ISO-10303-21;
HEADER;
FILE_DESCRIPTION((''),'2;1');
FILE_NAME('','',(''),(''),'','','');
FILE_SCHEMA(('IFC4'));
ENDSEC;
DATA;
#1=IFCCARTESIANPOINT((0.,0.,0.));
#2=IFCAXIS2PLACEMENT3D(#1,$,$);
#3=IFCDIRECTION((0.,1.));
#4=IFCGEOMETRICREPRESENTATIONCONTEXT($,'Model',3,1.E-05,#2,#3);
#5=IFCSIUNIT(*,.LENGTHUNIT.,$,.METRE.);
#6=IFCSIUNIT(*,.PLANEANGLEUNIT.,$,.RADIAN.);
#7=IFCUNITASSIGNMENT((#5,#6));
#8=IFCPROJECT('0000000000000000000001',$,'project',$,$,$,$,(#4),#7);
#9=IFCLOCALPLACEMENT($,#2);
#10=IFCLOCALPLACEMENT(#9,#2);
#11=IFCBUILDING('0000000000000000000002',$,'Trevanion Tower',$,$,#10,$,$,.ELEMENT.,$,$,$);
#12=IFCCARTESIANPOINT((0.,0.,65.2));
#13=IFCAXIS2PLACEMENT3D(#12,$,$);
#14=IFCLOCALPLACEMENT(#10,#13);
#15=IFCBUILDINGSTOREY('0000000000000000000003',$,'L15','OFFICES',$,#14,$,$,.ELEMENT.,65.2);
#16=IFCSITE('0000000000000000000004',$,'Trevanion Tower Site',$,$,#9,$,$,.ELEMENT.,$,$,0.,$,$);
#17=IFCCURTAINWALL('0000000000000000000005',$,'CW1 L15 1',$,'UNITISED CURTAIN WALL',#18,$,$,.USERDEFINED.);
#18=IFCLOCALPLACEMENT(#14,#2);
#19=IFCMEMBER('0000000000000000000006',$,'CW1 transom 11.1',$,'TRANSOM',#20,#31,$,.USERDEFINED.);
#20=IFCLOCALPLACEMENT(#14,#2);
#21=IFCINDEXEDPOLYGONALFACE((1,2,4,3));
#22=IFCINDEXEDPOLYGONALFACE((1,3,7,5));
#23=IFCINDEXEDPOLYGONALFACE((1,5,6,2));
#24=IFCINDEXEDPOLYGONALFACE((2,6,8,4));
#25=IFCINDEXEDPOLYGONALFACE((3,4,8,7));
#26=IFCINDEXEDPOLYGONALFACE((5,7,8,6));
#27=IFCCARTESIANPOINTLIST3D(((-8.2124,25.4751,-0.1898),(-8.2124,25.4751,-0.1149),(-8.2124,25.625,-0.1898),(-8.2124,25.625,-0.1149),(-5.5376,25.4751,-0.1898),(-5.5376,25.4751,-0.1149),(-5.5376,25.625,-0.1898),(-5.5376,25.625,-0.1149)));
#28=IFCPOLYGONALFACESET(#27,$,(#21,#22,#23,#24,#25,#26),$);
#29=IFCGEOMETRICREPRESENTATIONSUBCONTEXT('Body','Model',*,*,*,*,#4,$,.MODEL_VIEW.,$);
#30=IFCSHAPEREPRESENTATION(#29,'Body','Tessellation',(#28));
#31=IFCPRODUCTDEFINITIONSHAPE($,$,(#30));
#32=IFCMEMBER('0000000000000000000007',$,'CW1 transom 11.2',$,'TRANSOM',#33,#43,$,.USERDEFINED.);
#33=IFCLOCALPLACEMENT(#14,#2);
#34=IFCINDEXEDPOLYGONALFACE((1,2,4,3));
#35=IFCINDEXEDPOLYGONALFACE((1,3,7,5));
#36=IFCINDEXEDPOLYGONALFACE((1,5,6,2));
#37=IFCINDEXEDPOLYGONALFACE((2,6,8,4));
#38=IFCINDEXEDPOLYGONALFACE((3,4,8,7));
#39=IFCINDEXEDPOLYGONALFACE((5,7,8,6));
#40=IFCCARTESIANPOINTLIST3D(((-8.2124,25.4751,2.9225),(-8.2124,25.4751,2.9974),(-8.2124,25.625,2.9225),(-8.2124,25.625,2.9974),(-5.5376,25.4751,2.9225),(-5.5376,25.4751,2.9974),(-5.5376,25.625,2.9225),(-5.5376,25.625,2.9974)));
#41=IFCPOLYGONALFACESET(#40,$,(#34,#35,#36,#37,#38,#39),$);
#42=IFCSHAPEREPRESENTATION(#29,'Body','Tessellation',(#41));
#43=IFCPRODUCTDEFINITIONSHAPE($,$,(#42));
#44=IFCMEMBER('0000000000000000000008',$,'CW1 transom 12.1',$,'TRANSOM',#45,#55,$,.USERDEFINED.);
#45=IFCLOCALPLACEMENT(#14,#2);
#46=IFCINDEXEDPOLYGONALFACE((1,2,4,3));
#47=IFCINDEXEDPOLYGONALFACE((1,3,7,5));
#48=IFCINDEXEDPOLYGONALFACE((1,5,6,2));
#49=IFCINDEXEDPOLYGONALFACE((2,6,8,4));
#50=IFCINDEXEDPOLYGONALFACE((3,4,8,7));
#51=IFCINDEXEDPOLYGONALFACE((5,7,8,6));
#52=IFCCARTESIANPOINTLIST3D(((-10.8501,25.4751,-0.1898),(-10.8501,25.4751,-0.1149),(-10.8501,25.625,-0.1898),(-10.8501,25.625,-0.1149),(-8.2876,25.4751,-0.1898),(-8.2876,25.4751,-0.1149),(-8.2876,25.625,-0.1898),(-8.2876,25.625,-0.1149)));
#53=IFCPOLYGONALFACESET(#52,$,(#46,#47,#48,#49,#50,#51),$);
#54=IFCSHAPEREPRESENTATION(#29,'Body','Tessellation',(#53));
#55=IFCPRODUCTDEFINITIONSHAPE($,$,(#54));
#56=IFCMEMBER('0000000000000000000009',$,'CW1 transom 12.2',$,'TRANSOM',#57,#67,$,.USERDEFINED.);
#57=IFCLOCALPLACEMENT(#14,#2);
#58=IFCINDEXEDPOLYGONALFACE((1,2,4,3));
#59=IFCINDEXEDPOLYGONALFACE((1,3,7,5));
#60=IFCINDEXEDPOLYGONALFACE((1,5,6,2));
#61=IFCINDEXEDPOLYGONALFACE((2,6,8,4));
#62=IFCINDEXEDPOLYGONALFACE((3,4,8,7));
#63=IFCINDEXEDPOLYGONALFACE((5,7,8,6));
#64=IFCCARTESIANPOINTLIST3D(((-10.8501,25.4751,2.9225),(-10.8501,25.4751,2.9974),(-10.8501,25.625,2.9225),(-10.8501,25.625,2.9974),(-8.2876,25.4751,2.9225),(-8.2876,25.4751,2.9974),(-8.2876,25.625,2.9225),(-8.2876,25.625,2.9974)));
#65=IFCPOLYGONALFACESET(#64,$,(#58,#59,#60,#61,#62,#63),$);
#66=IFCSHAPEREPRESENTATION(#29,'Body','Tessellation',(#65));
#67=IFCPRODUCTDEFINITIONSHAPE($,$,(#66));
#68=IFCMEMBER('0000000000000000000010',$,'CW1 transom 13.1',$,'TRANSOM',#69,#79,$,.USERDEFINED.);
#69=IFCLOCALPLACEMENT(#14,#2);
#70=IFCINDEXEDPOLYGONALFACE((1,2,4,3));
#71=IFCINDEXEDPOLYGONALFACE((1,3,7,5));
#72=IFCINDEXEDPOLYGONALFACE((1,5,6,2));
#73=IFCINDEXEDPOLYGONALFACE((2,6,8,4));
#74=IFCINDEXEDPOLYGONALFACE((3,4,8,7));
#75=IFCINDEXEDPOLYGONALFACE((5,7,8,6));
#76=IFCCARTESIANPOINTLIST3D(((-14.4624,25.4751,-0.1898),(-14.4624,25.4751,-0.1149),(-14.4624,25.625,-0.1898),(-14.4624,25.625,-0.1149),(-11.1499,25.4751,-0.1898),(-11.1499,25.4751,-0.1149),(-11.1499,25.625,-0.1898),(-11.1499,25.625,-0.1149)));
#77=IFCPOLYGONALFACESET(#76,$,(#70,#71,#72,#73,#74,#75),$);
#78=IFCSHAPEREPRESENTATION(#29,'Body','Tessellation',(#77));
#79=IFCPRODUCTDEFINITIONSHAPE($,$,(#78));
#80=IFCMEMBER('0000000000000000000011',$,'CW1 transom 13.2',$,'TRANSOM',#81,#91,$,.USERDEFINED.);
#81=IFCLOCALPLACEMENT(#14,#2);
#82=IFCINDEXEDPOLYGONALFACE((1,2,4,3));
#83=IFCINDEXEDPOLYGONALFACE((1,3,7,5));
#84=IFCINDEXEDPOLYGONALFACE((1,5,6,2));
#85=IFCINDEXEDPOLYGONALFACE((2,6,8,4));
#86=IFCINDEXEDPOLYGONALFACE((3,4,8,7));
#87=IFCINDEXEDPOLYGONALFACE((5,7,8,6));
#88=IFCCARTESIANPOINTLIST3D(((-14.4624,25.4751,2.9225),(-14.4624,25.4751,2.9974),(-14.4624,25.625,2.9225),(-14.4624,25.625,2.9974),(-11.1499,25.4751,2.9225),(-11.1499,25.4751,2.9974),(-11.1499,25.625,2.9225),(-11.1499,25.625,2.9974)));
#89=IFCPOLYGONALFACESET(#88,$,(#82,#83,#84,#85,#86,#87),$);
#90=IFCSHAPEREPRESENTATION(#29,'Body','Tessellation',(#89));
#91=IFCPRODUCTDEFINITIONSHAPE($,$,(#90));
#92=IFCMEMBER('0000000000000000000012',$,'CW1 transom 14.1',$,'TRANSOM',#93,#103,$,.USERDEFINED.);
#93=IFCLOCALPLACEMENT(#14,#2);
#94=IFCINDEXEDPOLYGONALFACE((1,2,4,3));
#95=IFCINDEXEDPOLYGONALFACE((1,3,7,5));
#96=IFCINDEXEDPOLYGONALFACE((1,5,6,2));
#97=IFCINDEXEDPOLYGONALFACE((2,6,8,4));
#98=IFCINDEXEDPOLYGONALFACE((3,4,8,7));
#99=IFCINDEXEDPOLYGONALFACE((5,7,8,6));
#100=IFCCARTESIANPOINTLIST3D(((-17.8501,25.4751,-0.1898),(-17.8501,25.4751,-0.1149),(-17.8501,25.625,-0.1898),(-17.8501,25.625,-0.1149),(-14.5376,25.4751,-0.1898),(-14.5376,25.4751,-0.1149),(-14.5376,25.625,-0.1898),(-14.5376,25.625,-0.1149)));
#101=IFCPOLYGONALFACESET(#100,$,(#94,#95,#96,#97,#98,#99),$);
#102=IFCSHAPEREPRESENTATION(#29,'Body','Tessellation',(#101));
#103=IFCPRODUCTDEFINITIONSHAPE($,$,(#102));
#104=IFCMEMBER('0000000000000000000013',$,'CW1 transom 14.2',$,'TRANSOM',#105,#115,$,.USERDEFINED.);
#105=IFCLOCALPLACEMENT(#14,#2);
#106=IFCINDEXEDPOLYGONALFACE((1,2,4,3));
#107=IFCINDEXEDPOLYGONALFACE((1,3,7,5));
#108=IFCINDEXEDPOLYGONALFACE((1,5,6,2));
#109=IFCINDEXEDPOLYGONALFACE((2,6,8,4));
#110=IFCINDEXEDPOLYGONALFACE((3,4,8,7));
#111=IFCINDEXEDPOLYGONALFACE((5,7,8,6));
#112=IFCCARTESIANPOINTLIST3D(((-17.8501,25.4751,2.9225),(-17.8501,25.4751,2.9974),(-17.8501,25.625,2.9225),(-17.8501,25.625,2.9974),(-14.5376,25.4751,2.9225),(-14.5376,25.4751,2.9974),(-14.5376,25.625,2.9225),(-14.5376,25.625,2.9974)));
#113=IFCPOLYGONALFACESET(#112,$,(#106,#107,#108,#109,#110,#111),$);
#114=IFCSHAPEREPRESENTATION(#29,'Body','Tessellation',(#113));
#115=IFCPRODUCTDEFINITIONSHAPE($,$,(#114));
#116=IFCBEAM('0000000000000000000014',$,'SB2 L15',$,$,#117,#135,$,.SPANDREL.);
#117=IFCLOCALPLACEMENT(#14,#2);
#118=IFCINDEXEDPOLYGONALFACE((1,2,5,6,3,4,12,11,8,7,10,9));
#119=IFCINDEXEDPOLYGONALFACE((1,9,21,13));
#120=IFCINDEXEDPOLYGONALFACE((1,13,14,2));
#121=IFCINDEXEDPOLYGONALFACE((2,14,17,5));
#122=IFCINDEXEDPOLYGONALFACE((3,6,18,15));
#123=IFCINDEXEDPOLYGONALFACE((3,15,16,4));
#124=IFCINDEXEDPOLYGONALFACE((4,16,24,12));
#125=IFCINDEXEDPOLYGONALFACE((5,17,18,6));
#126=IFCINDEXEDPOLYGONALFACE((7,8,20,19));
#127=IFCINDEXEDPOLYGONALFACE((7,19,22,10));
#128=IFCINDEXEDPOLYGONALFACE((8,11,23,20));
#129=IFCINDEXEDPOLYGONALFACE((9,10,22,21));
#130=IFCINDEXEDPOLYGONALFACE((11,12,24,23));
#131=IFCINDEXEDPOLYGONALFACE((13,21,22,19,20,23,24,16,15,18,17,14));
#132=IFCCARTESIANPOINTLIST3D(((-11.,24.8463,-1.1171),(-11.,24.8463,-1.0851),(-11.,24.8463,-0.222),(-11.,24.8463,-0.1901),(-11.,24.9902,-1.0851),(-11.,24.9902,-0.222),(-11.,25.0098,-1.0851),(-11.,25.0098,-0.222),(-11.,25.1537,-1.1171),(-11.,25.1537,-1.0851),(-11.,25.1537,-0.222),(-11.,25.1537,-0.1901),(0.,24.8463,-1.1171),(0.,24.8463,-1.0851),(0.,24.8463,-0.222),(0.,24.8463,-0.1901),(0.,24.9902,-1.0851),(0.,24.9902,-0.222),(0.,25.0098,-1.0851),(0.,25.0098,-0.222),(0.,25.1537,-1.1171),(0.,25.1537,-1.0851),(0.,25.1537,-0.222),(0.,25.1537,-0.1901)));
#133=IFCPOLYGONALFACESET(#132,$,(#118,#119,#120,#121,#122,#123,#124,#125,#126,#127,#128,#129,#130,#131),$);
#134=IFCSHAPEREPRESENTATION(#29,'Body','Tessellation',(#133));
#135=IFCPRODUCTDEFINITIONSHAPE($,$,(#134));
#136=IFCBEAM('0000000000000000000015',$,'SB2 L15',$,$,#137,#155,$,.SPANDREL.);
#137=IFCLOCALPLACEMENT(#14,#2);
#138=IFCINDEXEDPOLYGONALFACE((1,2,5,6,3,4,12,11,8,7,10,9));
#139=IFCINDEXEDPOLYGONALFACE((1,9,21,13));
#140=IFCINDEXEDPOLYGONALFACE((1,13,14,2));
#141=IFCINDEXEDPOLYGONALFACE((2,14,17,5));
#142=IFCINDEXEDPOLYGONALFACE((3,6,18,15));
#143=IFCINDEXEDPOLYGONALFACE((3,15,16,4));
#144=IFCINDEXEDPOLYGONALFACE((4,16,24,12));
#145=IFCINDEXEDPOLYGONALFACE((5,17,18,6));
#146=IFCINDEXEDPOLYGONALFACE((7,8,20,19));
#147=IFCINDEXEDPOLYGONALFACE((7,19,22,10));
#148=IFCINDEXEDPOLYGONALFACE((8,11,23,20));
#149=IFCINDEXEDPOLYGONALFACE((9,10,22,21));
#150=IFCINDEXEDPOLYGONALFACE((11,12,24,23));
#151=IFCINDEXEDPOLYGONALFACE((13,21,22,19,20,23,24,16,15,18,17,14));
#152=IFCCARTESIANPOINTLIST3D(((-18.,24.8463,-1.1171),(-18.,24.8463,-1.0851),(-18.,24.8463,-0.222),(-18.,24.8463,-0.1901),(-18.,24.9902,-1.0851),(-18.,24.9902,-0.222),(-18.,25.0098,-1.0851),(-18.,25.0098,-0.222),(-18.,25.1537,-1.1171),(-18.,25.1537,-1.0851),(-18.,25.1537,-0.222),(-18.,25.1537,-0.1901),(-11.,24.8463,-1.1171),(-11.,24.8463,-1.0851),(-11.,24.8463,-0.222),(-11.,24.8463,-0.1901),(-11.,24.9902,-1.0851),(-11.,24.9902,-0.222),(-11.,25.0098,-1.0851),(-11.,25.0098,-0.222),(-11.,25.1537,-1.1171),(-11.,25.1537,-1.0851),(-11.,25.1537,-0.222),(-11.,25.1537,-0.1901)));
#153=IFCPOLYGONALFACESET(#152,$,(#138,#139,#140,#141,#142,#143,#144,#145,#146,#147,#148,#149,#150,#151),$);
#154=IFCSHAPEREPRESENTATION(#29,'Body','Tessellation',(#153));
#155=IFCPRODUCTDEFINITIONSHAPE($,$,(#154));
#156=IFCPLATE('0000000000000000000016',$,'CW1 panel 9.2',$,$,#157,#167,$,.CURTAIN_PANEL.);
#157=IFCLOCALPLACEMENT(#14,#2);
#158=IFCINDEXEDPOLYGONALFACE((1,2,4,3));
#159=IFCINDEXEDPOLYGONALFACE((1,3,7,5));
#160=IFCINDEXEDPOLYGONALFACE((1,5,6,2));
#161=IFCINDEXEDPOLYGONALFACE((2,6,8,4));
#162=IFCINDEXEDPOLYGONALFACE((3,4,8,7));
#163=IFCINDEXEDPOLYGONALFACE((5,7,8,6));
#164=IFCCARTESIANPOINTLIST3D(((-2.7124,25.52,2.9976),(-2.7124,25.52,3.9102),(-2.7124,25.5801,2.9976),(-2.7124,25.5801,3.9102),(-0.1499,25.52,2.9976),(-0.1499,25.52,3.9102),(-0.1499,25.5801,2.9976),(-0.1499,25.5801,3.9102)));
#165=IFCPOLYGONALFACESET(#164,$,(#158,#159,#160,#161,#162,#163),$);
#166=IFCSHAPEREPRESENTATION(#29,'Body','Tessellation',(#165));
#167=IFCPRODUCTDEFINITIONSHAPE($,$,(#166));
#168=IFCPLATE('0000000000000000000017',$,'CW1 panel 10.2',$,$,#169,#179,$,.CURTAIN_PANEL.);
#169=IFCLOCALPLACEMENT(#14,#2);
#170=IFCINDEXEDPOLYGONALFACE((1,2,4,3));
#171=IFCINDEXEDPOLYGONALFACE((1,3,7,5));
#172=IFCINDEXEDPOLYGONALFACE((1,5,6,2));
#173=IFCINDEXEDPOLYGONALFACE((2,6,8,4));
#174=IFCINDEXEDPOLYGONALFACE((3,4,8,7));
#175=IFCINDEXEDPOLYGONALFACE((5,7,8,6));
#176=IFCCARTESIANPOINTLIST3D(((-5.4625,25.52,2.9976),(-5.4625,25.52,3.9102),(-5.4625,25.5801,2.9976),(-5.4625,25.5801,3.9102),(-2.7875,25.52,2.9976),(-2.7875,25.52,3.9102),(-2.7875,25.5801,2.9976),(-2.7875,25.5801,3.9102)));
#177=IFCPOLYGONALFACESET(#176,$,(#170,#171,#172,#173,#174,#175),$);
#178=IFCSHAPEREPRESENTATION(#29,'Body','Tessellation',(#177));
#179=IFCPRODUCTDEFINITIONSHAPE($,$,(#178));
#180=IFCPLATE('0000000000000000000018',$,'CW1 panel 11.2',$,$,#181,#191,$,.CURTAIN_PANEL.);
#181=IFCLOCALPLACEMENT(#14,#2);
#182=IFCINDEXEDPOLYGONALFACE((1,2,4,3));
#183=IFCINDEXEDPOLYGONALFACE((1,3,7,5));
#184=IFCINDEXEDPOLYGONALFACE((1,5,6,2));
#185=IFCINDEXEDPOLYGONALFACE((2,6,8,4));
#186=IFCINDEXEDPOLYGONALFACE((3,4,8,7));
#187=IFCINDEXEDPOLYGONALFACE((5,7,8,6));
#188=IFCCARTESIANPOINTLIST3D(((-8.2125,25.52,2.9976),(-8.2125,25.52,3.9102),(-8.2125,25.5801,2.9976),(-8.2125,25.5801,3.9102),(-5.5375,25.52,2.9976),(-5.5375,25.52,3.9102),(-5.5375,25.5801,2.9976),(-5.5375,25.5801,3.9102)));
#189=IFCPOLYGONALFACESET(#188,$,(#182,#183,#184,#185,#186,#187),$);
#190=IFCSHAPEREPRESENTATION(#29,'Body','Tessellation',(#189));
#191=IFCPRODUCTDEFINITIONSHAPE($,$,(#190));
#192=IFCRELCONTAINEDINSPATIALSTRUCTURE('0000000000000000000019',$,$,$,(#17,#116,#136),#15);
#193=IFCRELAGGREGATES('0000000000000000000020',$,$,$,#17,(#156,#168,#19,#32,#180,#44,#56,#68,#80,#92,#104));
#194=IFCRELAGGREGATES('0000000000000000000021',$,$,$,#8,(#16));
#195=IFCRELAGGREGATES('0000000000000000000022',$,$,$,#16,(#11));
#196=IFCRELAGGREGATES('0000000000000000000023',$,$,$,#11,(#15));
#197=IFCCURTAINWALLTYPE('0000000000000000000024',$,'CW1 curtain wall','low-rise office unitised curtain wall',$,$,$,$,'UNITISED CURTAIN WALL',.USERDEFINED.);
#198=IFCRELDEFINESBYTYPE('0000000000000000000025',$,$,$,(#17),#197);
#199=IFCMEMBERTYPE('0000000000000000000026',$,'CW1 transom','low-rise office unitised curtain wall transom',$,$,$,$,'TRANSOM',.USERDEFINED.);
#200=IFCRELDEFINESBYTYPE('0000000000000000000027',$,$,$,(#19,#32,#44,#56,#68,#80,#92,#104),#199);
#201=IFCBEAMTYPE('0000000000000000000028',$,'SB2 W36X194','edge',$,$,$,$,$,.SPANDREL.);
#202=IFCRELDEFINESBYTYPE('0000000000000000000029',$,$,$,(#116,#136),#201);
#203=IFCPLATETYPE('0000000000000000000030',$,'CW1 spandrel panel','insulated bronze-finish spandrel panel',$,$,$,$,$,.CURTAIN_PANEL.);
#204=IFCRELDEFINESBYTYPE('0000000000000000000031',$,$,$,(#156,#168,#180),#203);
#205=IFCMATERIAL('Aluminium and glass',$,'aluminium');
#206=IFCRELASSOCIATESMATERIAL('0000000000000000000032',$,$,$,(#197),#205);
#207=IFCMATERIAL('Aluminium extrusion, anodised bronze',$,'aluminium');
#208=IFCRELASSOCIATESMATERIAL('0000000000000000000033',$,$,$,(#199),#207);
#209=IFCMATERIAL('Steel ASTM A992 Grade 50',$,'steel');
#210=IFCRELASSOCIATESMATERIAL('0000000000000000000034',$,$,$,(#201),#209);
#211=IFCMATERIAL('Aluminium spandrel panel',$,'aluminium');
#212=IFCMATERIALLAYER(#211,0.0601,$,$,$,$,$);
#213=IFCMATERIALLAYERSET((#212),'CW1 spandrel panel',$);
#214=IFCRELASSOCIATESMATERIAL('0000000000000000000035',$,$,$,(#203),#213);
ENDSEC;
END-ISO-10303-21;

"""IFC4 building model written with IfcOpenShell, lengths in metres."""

from ifc_helpers import new_model, si_unit, direction, frame, origin, origin_2d, place, context, subcontext, project, spatial, rectangle, i_section, extrude, material, layer, layer_set, material_profile, profile_set, type_object, element, aggregate, save


model = new_model("IFC4")

# Units and contexts
model_context = context("Model", 3, precision=1e-05, world=origin(), true_north=direction((0.0, 1.0)))
body_context = subcontext(model_context, "Body", "Model", "MODEL_VIEW")
ifc_project = project(units=[si_unit("LENGTHUNIT", "METRE"), si_unit("PLANEANGLEUNIT", "RADIAN")], contexts=[model_context])

# Site, building, storey
site_placement = place(None, origin())
site = spatial("IfcSite", under=ifc_project, at=site_placement, Name="Trevanion Tower Site", CompositionType="ELEMENT", RefElevation=0.0)
building_placement = place(site_placement, origin())
building = spatial("IfcBuilding", under=site, at=building_placement, Name="Trevanion Tower", CompositionType="ELEMENT")
storey_placement = place(building_placement, frame((0.0, 0.0, 65.2)))
storey = spatial("IfcBuildingStorey", under=building, at=storey_placement, Name="L15", Description="OFFICES", CompositionType="ELEMENT", Elevation=65.2)

# Curtain wall, members
ifc_material_1 = material(Name="Aluminium and glass", Category="aluminium")
curtain_wall_type = type_object("IfcCurtainWallType", Name="CW1 curtain wall", Description="low-rise office unitised curtain wall", ElementType="UNITISED CURTAIN WALL", PredefinedType="USERDEFINED", material=ifc_material_1)
curtain_wall_placement = place(storey_placement, origin())
curtain_wall = element("IfcCurtainWall", 1, at=curtain_wall_placement, inside=storey, type_object=curtain_wall_type, Name="CW1 L15 1", ObjectType="UNITISED CURTAIN WALL", PredefinedType="USERDEFINED")
ifc_material_2 = material(Name="Aluminium extrusion, anodised bronze", Category="aluminium")
ifc_material_profile_1 = material_profile(ifc_material_2, rectangle(XDim=0.1499, YDim=0.075, at=origin_2d()), Name="CW1 transom")
ifc_profile_set_1 = profile_set([ifc_material_profile_1], Name="Aluminium extrusion, anodised bronze")
member_type_1 = type_object("IfcMemberType", Name="CW1 transom", Description="low-rise office unitised curtain wall transom", ElementType="TRANSOM", PredefinedType="USERDEFINED", material=ifc_profile_set_1)
member_1_placement = place(storey_placement, frame((-5.5376, 25.55, -0.1523), z_axis=(-1.0, 0.0, 0.0), x_axis=(0.0, -1.0, 0.0)))
member_1 = element("IfcMember", 2, at=member_1_placement, type_object=member_type_1, Name="CW1 transom 11.1", ObjectType="TRANSOM", PredefinedType="USERDEFINED", context=body_context, shape_type="SweptSolid", body=[
    extrude(rectangle(XDim=0.1499, YDim=0.075, at=origin_2d()), origin(), (0.0, 0.0, 1.0), 2.6748),
])
member_2_placement = place(storey_placement, frame((-5.5376, 25.55, 2.96), z_axis=(-1.0, 0.0, 0.0), x_axis=(0.0, -1.0, 0.0)))
member_2 = element("IfcMember", 3, at=member_2_placement, type_object=member_type_1, Name="CW1 transom 11.2", ObjectType="TRANSOM", PredefinedType="USERDEFINED", context=body_context, shape_type="SweptSolid", body=[
    extrude(rectangle(XDim=0.1499, YDim=0.075, at=origin_2d()), origin(), (0.0, 0.0, 1.0), 2.6748),
])
member_3_placement = place(storey_placement, frame((-8.2876, 25.55, -0.1523), z_axis=(-1.0, 0.0, 0.0), x_axis=(0.0, -1.0, 0.0)))
member_3 = element("IfcMember", 4, at=member_3_placement, type_object=member_type_1, Name="CW1 transom 12.1", ObjectType="TRANSOM", PredefinedType="USERDEFINED", context=body_context, shape_type="SweptSolid", body=[
    extrude(rectangle(XDim=0.1499, YDim=0.075, at=origin_2d()), origin(), (0.0, 0.0, 1.0), 2.5625),
])
member_4_placement = place(storey_placement, frame((-8.2876, 25.55, 2.96), z_axis=(-1.0, 0.0, 0.0), x_axis=(0.0, -1.0, 0.0)))
member_4 = element("IfcMember", 5, at=member_4_placement, type_object=member_type_1, Name="CW1 transom 12.2", ObjectType="TRANSOM", PredefinedType="USERDEFINED", context=body_context, shape_type="SweptSolid", body=[
    extrude(rectangle(XDim=0.1499, YDim=0.075, at=origin_2d()), origin(), (0.0, 0.0, 1.0), 2.5625),
])
member_5_placement = place(storey_placement, frame((-11.1499, 25.55, -0.1523), z_axis=(-1.0, 0.0, 0.0), x_axis=(0.0, -1.0, 0.0)))
member_5 = element("IfcMember", 6, at=member_5_placement, type_object=member_type_1, Name="CW1 transom 13.1", ObjectType="TRANSOM", PredefinedType="USERDEFINED", context=body_context, shape_type="SweptSolid", body=[
    extrude(rectangle(XDim=0.1499, YDim=0.075, at=origin_2d()), origin(), (0.0, 0.0, 1.0), 3.3125),
])
member_6_placement = place(storey_placement, frame((-11.1499, 25.55, 2.96), z_axis=(-1.0, 0.0, 0.0), x_axis=(0.0, -1.0, 0.0)))
member_6 = element("IfcMember", 7, at=member_6_placement, type_object=member_type_1, Name="CW1 transom 13.2", ObjectType="TRANSOM", PredefinedType="USERDEFINED", context=body_context, shape_type="SweptSolid", body=[
    extrude(rectangle(XDim=0.1499, YDim=0.075, at=origin_2d()), origin(), (0.0, 0.0, 1.0), 3.3125),
])
member_7_placement = place(storey_placement, frame((-14.5376, 25.55, -0.1523), z_axis=(-1.0, 0.0, 0.0), x_axis=(0.0, -1.0, 0.0)))
member_7 = element("IfcMember", 8, at=member_7_placement, type_object=member_type_1, Name="CW1 transom 14.1", ObjectType="TRANSOM", PredefinedType="USERDEFINED", context=body_context, shape_type="SweptSolid", body=[
    extrude(rectangle(XDim=0.1499, YDim=0.075, at=origin_2d()), origin(), (0.0, 0.0, 1.0), 3.3125),
])
member_8_placement = place(storey_placement, frame((-14.5376, 25.55, 2.96), z_axis=(-1.0, 0.0, 0.0), x_axis=(0.0, -1.0, 0.0)))
member_8 = element("IfcMember", 9, at=member_8_placement, type_object=member_type_1, Name="CW1 transom 14.2", ObjectType="TRANSOM", PredefinedType="USERDEFINED", context=body_context, shape_type="SweptSolid", body=[
    extrude(rectangle(XDim=0.1499, YDim=0.075, at=origin_2d()), origin(), (0.0, 0.0, 1.0), 3.3125),
])

# Beams
ifc_material_3 = material(Name="Steel ASTM A992 Grade 50", Category="steel")
ifc_material_profile_2 = material_profile(ifc_material_3, i_section(OverallWidth=0.3074, OverallDepth=0.927, WebThickness=0.0195, FlangeThickness=0.032, at=origin_2d()), Name="W36X194")
ifc_profile_set_2 = profile_set([ifc_material_profile_2], Name="Steel ASTM A992 Grade 50")
beam_type_1 = type_object("IfcBeamType", Name="SB2 W36X194", Description="edge", PredefinedType="SPANDREL", material=ifc_profile_set_2)
beam_1_placement = place(storey_placement, frame((0.0, 25.0, -0.6536), z_axis=(-1.0, 0.0, 0.0), x_axis=(0.0, -1.0, 0.0)))
element("IfcBeam", 10, at=beam_1_placement, inside=storey, type_object=beam_type_1, Name="SB2 L15", PredefinedType="SPANDREL", context=body_context, shape_type="SweptSolid", body=[
    extrude(i_section(OverallWidth=0.3074, OverallDepth=0.927, WebThickness=0.0195, FlangeThickness=0.032, at=origin_2d()), origin(), (0.0, 0.0, 1.0), 11.0),
])
beam_2_placement = place(storey_placement, frame((-11.0, 25.0, -0.6536), z_axis=(-1.0, 0.0, 0.0), x_axis=(0.0, -1.0, 0.0)))
element("IfcBeam", 11, at=beam_2_placement, inside=storey, type_object=beam_type_1, Name="SB2 L15", PredefinedType="SPANDREL", context=body_context, shape_type="SweptSolid", body=[
    extrude(i_section(OverallWidth=0.3074, OverallDepth=0.927, WebThickness=0.0195, FlangeThickness=0.032, at=origin_2d()), origin(), (0.0, 0.0, 1.0), 7.0),
])

# Plates
ifc_material_4 = material(Name="Aluminium spandrel panel", Category="aluminium")
ifc_layer_1 = layer(ifc_material_4, 0.0601)
ifc_layer_set_1 = layer_set([ifc_layer_1], Name="CW1 spandrel panel")
plate_type_1 = type_object("IfcPlateType", Name="CW1 spandrel panel", Description="insulated bronze-finish spandrel panel", PredefinedType="CURTAIN_PANEL", material=ifc_layer_set_1)
plate_1_placement = place(storey_placement, frame((-1.4312, 25.55, 2.9976), z_axis=(0.0, 0.0, 1.0), x_axis=(-1.0, 0.0, 0.0)))
plate_1 = element("IfcPlate", 12, at=plate_1_placement, type_object=plate_type_1, Name="CW1 panel 9.2", PredefinedType="CURTAIN_PANEL", context=body_context, shape_type="SweptSolid", body=[
    extrude(rectangle(XDim=2.5625, YDim=0.0601, at=origin_2d()), origin(), (0.0, 0.0, 1.0), 0.9126),
])
plate_2_placement = place(storey_placement, frame((-4.125, 25.55, 2.9976), z_axis=(0.0, 0.0, 1.0), x_axis=(-1.0, 0.0, 0.0)))
plate_2 = element("IfcPlate", 13, at=plate_2_placement, type_object=plate_type_1, Name="CW1 panel 10.2", PredefinedType="CURTAIN_PANEL", context=body_context, shape_type="SweptSolid", body=[
    extrude(rectangle(XDim=2.675, YDim=0.0601, at=origin_2d()), origin(), (0.0, 0.0, 1.0), 0.9126),
])
plate_3_placement = place(storey_placement, frame((-6.875, 25.55, 2.9976), z_axis=(0.0, 0.0, 1.0), x_axis=(-1.0, 0.0, 0.0)))
plate_3 = element("IfcPlate", 14, at=plate_3_placement, type_object=plate_type_1, Name="CW1 panel 11.2", PredefinedType="CURTAIN_PANEL", context=body_context, shape_type="SweptSolid", body=[
    extrude(rectangle(XDim=2.675, YDim=0.0601, at=origin_2d()), origin(), (0.0, 0.0, 1.0), 0.9126),
])
aggregate(curtain_wall, [plate_1, plate_2, member_1, member_2, plate_3, member_3, member_4, member_5, member_6, member_7, member_8])

save(model, "model.ifc")
